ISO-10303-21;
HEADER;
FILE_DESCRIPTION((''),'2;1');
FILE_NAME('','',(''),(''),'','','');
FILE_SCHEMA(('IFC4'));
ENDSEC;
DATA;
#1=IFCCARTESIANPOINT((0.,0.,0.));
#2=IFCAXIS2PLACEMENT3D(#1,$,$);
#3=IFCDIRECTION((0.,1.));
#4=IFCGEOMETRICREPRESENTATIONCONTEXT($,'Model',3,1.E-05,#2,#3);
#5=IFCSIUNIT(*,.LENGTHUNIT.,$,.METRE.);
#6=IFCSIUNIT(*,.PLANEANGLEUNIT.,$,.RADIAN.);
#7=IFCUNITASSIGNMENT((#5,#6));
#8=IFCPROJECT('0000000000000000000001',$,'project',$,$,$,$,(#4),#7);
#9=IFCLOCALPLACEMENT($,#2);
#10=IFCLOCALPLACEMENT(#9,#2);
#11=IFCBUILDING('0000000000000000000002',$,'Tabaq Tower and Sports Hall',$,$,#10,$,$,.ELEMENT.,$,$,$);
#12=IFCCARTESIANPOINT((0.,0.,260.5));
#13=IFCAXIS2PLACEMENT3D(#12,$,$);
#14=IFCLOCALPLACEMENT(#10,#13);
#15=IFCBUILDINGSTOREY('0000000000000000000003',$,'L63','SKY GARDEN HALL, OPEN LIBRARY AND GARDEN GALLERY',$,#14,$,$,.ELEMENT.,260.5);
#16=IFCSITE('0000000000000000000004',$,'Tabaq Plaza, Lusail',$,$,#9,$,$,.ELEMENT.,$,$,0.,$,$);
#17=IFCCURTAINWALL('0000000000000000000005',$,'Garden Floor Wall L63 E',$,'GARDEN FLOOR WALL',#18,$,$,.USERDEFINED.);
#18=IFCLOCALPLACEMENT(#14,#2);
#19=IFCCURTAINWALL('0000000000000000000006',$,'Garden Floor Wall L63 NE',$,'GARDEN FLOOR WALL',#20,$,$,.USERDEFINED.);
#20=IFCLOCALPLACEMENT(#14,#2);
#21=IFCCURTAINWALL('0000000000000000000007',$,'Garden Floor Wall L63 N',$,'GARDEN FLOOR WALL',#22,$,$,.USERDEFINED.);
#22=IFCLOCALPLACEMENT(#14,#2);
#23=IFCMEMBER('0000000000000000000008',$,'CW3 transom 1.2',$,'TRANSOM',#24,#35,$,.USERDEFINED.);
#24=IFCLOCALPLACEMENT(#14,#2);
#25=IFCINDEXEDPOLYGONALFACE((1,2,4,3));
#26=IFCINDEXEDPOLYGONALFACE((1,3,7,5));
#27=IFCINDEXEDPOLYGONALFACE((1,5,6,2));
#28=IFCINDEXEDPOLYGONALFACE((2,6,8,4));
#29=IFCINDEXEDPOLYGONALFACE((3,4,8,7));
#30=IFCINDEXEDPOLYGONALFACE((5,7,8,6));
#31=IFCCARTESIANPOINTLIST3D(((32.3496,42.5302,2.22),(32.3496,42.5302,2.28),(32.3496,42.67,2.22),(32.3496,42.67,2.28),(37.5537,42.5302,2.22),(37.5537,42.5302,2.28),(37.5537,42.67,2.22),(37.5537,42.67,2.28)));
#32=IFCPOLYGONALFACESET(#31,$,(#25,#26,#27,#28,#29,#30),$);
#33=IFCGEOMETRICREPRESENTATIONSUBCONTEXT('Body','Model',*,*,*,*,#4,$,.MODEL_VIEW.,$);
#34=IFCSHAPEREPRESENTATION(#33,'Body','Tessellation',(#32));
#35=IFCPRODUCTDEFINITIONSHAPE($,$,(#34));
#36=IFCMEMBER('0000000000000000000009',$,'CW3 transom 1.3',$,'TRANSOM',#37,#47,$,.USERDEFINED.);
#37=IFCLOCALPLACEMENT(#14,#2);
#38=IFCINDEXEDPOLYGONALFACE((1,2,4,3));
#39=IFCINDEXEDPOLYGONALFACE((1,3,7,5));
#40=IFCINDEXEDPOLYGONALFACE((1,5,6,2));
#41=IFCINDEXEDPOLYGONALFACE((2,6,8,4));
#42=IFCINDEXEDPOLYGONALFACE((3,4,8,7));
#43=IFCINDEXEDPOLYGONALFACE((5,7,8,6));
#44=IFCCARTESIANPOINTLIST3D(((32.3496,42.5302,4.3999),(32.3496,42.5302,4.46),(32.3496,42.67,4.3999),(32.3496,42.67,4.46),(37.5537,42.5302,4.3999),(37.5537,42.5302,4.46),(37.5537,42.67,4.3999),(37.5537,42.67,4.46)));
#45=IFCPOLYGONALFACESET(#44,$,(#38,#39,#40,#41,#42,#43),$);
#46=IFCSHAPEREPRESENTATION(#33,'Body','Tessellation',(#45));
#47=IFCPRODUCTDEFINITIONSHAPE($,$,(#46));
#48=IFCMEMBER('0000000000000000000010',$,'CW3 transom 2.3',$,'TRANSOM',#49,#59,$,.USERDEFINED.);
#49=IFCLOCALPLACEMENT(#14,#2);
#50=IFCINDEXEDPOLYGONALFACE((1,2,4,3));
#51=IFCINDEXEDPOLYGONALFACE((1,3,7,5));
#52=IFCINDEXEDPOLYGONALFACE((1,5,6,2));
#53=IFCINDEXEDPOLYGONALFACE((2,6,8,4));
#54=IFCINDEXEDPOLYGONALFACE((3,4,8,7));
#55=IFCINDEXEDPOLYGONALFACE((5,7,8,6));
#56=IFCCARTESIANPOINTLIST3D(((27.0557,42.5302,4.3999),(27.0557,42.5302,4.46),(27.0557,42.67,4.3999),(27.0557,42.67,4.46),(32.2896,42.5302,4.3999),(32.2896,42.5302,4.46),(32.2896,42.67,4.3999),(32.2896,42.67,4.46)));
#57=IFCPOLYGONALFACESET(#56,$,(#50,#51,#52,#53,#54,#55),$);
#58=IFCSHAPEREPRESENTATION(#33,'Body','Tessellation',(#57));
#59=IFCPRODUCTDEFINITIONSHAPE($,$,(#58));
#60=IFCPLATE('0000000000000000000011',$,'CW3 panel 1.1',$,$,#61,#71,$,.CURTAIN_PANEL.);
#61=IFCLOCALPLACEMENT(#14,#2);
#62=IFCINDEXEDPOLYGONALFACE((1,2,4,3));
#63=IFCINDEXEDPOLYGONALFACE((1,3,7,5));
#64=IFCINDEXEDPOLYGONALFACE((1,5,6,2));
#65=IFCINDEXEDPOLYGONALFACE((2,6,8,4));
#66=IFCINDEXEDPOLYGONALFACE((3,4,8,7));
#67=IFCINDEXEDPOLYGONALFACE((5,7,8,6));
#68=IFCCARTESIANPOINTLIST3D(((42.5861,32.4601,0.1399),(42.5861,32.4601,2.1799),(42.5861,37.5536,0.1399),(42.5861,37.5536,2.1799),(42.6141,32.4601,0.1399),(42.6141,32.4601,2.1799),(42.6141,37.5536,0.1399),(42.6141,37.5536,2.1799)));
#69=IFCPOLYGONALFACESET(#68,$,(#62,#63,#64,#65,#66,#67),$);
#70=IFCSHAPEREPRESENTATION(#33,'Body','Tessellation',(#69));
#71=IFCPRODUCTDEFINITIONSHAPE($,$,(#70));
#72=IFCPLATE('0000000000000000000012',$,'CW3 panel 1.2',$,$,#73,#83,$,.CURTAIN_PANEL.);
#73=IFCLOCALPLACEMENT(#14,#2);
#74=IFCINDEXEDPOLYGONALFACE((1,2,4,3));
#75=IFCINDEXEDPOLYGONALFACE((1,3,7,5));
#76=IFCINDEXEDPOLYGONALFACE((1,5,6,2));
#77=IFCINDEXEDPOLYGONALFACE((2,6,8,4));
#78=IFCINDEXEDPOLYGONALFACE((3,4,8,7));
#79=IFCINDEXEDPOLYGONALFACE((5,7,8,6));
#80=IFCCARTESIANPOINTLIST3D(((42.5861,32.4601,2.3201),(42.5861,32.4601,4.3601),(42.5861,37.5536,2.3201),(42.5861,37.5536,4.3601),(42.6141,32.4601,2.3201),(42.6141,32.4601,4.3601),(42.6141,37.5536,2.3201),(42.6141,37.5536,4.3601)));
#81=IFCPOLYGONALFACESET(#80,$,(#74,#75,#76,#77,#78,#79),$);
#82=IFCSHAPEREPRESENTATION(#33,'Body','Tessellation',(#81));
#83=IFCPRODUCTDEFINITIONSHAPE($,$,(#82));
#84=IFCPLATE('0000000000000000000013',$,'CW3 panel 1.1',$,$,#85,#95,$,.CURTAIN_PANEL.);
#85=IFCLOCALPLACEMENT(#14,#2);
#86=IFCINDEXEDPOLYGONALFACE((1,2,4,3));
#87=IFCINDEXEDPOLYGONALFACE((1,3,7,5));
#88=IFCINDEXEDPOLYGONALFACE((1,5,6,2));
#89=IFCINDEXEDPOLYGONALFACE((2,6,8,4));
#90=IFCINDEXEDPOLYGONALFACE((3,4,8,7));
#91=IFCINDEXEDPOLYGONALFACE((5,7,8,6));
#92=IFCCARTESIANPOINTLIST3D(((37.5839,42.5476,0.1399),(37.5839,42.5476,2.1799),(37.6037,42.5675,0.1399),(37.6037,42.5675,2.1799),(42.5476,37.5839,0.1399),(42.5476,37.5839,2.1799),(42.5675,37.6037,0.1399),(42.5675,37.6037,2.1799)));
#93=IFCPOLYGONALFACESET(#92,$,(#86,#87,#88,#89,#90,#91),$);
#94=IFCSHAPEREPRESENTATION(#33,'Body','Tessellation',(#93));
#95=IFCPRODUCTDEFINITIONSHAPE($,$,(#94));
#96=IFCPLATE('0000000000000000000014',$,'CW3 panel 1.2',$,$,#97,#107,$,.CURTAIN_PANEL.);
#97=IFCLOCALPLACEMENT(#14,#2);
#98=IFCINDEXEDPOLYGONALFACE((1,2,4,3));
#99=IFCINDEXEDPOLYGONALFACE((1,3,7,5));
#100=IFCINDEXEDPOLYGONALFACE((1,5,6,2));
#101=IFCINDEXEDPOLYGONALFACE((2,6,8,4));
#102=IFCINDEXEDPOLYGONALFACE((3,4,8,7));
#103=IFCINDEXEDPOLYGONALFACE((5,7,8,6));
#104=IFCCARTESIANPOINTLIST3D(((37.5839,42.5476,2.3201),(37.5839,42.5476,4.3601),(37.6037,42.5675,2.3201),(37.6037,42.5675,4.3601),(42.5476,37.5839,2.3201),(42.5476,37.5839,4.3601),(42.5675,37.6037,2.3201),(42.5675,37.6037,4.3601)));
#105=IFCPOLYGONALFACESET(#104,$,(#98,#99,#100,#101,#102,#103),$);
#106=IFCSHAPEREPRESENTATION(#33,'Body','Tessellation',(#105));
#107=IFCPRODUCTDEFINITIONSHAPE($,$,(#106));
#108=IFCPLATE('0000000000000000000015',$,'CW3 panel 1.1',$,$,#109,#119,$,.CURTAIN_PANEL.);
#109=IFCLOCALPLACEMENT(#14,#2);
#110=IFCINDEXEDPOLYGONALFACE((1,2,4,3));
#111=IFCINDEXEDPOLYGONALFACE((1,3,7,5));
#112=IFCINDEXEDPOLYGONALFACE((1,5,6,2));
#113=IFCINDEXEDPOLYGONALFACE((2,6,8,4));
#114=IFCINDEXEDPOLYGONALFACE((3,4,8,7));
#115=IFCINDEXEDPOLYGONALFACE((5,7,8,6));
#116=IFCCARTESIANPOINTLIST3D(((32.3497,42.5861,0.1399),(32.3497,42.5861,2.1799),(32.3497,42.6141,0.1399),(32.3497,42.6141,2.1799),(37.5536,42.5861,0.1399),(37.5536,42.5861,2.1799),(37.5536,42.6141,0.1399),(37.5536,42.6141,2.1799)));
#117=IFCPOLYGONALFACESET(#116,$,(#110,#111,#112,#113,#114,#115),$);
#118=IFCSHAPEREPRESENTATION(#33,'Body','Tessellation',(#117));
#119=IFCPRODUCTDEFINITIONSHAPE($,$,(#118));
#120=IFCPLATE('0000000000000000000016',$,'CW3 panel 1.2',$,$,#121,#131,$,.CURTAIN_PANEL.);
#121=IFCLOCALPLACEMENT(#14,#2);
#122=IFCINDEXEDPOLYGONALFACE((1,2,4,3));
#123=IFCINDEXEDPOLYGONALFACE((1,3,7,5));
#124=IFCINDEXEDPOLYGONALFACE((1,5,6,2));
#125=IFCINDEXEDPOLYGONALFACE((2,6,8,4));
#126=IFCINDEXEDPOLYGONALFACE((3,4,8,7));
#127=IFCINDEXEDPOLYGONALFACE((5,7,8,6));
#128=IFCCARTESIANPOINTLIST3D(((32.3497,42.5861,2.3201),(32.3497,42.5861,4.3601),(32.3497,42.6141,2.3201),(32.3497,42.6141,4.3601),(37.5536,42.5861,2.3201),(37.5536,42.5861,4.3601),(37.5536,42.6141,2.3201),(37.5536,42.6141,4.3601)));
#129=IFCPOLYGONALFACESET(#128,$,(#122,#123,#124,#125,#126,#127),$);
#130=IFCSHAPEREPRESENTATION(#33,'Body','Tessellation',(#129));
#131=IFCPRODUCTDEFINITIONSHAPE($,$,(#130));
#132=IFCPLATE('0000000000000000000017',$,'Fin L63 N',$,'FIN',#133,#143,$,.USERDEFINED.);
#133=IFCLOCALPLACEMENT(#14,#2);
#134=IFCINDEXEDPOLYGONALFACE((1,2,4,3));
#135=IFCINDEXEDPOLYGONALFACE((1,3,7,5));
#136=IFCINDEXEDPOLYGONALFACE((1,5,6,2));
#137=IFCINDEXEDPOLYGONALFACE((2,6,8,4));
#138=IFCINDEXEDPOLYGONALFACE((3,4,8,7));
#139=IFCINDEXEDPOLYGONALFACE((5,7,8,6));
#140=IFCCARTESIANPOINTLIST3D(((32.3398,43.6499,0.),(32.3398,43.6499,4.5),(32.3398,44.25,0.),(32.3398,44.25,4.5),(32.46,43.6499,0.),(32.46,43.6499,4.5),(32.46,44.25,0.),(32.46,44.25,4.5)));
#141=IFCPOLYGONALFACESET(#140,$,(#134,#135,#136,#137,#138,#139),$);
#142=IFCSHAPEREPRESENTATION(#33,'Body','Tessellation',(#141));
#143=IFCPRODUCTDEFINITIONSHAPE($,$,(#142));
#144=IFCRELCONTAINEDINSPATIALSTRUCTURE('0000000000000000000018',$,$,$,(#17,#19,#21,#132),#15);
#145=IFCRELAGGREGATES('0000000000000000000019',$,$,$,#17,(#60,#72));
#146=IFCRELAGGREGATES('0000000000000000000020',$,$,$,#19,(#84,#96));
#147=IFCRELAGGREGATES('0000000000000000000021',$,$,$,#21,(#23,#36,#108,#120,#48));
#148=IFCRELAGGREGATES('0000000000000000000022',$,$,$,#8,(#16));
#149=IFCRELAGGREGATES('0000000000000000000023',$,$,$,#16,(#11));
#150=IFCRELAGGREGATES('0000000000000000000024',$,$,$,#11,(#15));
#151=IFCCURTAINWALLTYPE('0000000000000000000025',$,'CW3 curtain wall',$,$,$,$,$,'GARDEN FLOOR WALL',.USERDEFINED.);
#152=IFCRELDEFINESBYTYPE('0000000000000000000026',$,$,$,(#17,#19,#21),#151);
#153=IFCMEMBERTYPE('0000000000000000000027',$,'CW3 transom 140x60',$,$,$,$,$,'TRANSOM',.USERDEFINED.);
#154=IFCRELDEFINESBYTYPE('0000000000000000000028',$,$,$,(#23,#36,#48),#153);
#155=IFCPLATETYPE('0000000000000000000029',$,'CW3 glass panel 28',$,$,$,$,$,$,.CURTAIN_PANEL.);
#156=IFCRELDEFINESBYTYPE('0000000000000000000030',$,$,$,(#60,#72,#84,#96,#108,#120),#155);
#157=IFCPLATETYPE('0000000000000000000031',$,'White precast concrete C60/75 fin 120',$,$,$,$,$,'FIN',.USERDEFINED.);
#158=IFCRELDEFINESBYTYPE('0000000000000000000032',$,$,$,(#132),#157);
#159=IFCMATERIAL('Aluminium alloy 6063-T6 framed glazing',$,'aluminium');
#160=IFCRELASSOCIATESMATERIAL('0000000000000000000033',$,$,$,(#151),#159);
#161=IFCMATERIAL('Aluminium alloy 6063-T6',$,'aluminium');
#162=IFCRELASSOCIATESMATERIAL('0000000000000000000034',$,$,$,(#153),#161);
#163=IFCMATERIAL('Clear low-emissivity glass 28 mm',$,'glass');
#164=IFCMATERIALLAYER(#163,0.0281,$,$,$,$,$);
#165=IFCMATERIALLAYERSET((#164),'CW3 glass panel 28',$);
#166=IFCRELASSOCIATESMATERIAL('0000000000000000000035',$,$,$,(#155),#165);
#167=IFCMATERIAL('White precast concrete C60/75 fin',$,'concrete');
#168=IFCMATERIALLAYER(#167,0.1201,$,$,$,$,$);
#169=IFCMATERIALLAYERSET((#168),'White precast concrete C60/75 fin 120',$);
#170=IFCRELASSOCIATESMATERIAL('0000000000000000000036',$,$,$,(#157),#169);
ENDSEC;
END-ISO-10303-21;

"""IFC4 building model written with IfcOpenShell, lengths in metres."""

from ifc_helpers import new_model, si_unit, direction, frame, origin, origin_2d, place, context, subcontext, project, spatial, rectangle, extrude, material, layer, layer_set, material_profile, profile_set, type_object, element, aggregate, save


model = new_model("IFC4")

# Units and contexts
model_context = context("Model", 3, precision=1e-05, world=origin(), true_north=direction((0.0, 1.0)))
body_context = subcontext(model_context, "Body", "Model", "MODEL_VIEW")
ifc_project = project(units=[si_unit("LENGTHUNIT", "METRE"), si_unit("PLANEANGLEUNIT", "RADIAN")], contexts=[model_context])

# Site, building, storey
site_placement = place(None, origin())
site = spatial("IfcSite", under=ifc_project, at=site_placement, Name="Tabaq Plaza, Lusail", CompositionType="ELEMENT", RefElevation=0.0)
building_placement = place(site_placement, origin())
building = spatial("IfcBuilding", under=site, at=building_placement, Name="Tabaq Tower and Sports Hall", CompositionType="ELEMENT")
storey_placement = place(building_placement, frame((0.0, 0.0, 260.5)))
storey = spatial("IfcBuildingStorey", under=building, at=storey_placement, Name="L63", Description="SKY GARDEN HALL, OPEN LIBRARY AND GARDEN GALLERY", CompositionType="ELEMENT", Elevation=260.5)

# Curtain wall
ifc_material_1 = material(Name="Aluminium alloy 6063-T6 framed glazing", Category="aluminium")
curtain_wall_type = type_object("IfcCurtainWallType", Name="CW3 curtain wall", ElementType="GARDEN FLOOR WALL", PredefinedType="USERDEFINED", material=ifc_material_1)
curtain_wall_1_placement = place(storey_placement, origin())
curtain_wall_1 = element("IfcCurtainWall", 1, at=curtain_wall_1_placement, inside=storey, type_object=curtain_wall_type, Name="Garden Floor Wall L63 E", ObjectType="GARDEN FLOOR WALL", PredefinedType="USERDEFINED")

# Curtain walls
curtain_wall_2_placement = place(storey_placement, origin())
curtain_wall_2 = element("IfcCurtainWall", 2, at=curtain_wall_2_placement, inside=storey, type_object=curtain_wall_type, Name="Garden Floor Wall L63 NE", ObjectType="GARDEN FLOOR WALL", PredefinedType="USERDEFINED")
curtain_wall_3_placement = place(storey_placement, origin())
curtain_wall_3 = element("IfcCurtainWall", 3, at=curtain_wall_3_placement, inside=storey, type_object=curtain_wall_type, Name="Garden Floor Wall L63 N", ObjectType="GARDEN FLOOR WALL", PredefinedType="USERDEFINED")

# Members
ifc_material_2 = material(Name="Aluminium alloy 6063-T6", Category="aluminium")
ifc_material_profile_1 = material_profile(ifc_material_2, rectangle(XDim=0.1399, YDim=0.0601, at=origin_2d()), Name="TRANSOM 140x60")
ifc_profile_set_1 = profile_set([ifc_material_profile_1], Name="Aluminium alloy 6063-T6")
member_type_1 = type_object("IfcMemberType", Name="CW3 transom 140x60", ElementType="TRANSOM", PredefinedType="USERDEFINED", material=ifc_profile_set_1)
member_1_placement = place(storey_placement, frame((37.5537, 42.6001, 2.25), z_axis=(-1.0, 0.0, 0.0), x_axis=(0.0, -1.0, 0.0)))
member_1 = element("IfcMember", 4, at=member_1_placement, type_object=member_type_1, Name="CW3 transom 1.2", ObjectType="TRANSOM", PredefinedType="USERDEFINED", context=body_context, shape_type="SweptSolid", body=[
    extrude(rectangle(XDim=0.1399, YDim=0.0601, at=origin_2d()), origin(), (0.0, 0.0, 1.0), 5.2041),
])
member_2_placement = place(storey_placement, frame((37.5537, 42.6001, 4.4299), z_axis=(-1.0, 0.0, 0.0), x_axis=(0.0, -1.0, 0.0)))
member_2 = element("IfcMember", 5, at=member_2_placement, type_object=member_type_1, Name="CW3 transom 1.3", ObjectType="TRANSOM", PredefinedType="USERDEFINED", context=body_context, shape_type="SweptSolid", body=[
    extrude(rectangle(XDim=0.1399, YDim=0.0601, at=origin_2d()), origin(), (0.0, 0.0, 1.0), 5.2041),
])
member_3_placement = place(storey_placement, frame((32.2896, 42.6001, 4.4299), z_axis=(-1.0, 0.0, 0.0), x_axis=(0.0, -1.0, 0.0)))
member_3 = element("IfcMember", 6, at=member_3_placement, type_object=member_type_1, Name="CW3 transom 2.3", ObjectType="TRANSOM", PredefinedType="USERDEFINED", context=body_context, shape_type="SweptSolid", body=[
    extrude(rectangle(XDim=0.1399, YDim=0.0601, at=origin_2d()), origin(), (0.0, 0.0, 1.0), 5.2339),
])

# Plates
ifc_material_3 = material(Name="Clear low-emissivity glass 28 mm", Category="glass")
ifc_layer_1 = layer(ifc_material_3, 0.0281)
ifc_layer_set_1 = layer_set([ifc_layer_1], Name="CW3 glass panel 28")
plate_type_1 = type_object("IfcPlateType", Name="CW3 glass panel 28", PredefinedType="CURTAIN_PANEL", material=ifc_layer_set_1)
plate_1_placement = place(storey_placement, frame((42.6001, 35.0068, 0.1399), z_axis=(0.0, 0.0, 1.0), x_axis=(0.0, 1.0, 0.0)))
plate_1 = element("IfcPlate", 7, at=plate_1_placement, type_object=plate_type_1, Name="CW3 panel 1.1", PredefinedType="CURTAIN_PANEL", context=body_context, shape_type="SweptSolid", body=[
    extrude(rectangle(XDim=5.0935, YDim=0.0281, at=origin_2d()), origin(), (0.0, 0.0, 1.0), 2.04),
])
plate_2_placement = place(storey_placement, frame((42.6001, 35.0068, 2.3201), z_axis=(0.0, 0.0, 1.0), x_axis=(0.0, 1.0, 0.0)))
plate_2 = element("IfcPlate", 8, at=plate_2_placement, type_object=plate_type_1, Name="CW3 panel 1.2", PredefinedType="CURTAIN_PANEL", context=body_context, shape_type="SweptSolid", body=[
    extrude(rectangle(XDim=5.0935, YDim=0.0281, at=origin_2d()), origin(), (0.0, 0.0, 1.0), 2.04),
])
aggregate(curtain_wall_1, [plate_1, plate_2])
plate_3_placement = place(storey_placement, frame((40.0757, 40.0757, 0.1399), z_axis=(0.0, 0.0, 1.0), x_axis=(-0.707107, 0.707107, 0.0)))
plate_3 = element("IfcPlate", 9, at=plate_3_placement, type_object=plate_type_1, Name="CW3 panel 1.1", PredefinedType="CURTAIN_PANEL", context=body_context, shape_type="SweptSolid", body=[
    extrude(rectangle(XDim=7.0198, YDim=0.0281, at=origin_2d()), origin(), (0.0, 0.0, 1.0), 2.04),
])
plate_4_placement = place(storey_placement, frame((40.0757, 40.0757, 2.3201), z_axis=(0.0, 0.0, 1.0), x_axis=(-0.707107, 0.707107, 0.0)))
plate_4 = element("IfcPlate", 10, at=plate_4_placement, type_object=plate_type_1, Name="CW3 panel 1.2", PredefinedType="CURTAIN_PANEL", context=body_context, shape_type="SweptSolid", body=[
    extrude(rectangle(XDim=7.0198, YDim=0.0281, at=origin_2d()), origin(), (0.0, 0.0, 1.0), 2.04),
])
aggregate(curtain_wall_2, [plate_3, plate_4])
plate_5_placement = place(storey_placement, frame((34.9517, 42.6001, 0.1399), z_axis=(0.0, 0.0, 1.0), x_axis=(-1.0, 0.0, 0.0)))
plate_5 = element("IfcPlate", 11, at=plate_5_placement, type_object=plate_type_1, Name="CW3 panel 1.1", PredefinedType="CURTAIN_PANEL", context=body_context, shape_type="SweptSolid", body=[
    extrude(rectangle(XDim=5.2039, YDim=0.0281, at=origin_2d()), origin(), (0.0, 0.0, 1.0), 2.04),
])
plate_6_placement = place(storey_placement, frame((34.9517, 42.6001, 2.3201), z_axis=(0.0, 0.0, 1.0), x_axis=(-1.0, 0.0, 0.0)))
plate_6 = element("IfcPlate", 12, at=plate_6_placement, type_object=plate_type_1, Name="CW3 panel 1.2", PredefinedType="CURTAIN_PANEL", context=body_context, shape_type="SweptSolid", body=[
    extrude(rectangle(XDim=5.2039, YDim=0.0281, at=origin_2d()), origin(), (0.0, 0.0, 1.0), 2.04),
])
aggregate(curtain_wall_3, [member_1, member_2, plate_5, plate_6, member_3])
ifc_material_4 = material(Name="White precast concrete C60/75 fin", Category="concrete")
ifc_layer_2 = layer(ifc_material_4, 0.1201)
ifc_layer_set_2 = layer_set([ifc_layer_2], Name="White precast concrete C60/75 fin 120")
plate_type_2 = type_object("IfcPlateType", Name="White precast concrete C60/75 fin 120", ElementType="FIN", PredefinedType="USERDEFINED", material=ifc_layer_set_2)
plate_7_placement = place(storey_placement, frame((32.3999, 43.95, 0.0), z_axis=(0.0, 0.0, 1.0), x_axis=(-1.0, 0.0, 0.0)))
element("IfcPlate", 13, at=plate_7_placement, inside=storey, type_object=plate_type_2, Name="Fin L63 N", ObjectType="FIN", PredefinedType="USERDEFINED", context=body_context, shape_type="SweptSolid", body=[
    extrude(rectangle(XDim=0.1201, YDim=0.6001, at=origin_2d()), origin(), (0.0, 0.0, 1.0), 4.5),
])

save(model, "model.ifc")
